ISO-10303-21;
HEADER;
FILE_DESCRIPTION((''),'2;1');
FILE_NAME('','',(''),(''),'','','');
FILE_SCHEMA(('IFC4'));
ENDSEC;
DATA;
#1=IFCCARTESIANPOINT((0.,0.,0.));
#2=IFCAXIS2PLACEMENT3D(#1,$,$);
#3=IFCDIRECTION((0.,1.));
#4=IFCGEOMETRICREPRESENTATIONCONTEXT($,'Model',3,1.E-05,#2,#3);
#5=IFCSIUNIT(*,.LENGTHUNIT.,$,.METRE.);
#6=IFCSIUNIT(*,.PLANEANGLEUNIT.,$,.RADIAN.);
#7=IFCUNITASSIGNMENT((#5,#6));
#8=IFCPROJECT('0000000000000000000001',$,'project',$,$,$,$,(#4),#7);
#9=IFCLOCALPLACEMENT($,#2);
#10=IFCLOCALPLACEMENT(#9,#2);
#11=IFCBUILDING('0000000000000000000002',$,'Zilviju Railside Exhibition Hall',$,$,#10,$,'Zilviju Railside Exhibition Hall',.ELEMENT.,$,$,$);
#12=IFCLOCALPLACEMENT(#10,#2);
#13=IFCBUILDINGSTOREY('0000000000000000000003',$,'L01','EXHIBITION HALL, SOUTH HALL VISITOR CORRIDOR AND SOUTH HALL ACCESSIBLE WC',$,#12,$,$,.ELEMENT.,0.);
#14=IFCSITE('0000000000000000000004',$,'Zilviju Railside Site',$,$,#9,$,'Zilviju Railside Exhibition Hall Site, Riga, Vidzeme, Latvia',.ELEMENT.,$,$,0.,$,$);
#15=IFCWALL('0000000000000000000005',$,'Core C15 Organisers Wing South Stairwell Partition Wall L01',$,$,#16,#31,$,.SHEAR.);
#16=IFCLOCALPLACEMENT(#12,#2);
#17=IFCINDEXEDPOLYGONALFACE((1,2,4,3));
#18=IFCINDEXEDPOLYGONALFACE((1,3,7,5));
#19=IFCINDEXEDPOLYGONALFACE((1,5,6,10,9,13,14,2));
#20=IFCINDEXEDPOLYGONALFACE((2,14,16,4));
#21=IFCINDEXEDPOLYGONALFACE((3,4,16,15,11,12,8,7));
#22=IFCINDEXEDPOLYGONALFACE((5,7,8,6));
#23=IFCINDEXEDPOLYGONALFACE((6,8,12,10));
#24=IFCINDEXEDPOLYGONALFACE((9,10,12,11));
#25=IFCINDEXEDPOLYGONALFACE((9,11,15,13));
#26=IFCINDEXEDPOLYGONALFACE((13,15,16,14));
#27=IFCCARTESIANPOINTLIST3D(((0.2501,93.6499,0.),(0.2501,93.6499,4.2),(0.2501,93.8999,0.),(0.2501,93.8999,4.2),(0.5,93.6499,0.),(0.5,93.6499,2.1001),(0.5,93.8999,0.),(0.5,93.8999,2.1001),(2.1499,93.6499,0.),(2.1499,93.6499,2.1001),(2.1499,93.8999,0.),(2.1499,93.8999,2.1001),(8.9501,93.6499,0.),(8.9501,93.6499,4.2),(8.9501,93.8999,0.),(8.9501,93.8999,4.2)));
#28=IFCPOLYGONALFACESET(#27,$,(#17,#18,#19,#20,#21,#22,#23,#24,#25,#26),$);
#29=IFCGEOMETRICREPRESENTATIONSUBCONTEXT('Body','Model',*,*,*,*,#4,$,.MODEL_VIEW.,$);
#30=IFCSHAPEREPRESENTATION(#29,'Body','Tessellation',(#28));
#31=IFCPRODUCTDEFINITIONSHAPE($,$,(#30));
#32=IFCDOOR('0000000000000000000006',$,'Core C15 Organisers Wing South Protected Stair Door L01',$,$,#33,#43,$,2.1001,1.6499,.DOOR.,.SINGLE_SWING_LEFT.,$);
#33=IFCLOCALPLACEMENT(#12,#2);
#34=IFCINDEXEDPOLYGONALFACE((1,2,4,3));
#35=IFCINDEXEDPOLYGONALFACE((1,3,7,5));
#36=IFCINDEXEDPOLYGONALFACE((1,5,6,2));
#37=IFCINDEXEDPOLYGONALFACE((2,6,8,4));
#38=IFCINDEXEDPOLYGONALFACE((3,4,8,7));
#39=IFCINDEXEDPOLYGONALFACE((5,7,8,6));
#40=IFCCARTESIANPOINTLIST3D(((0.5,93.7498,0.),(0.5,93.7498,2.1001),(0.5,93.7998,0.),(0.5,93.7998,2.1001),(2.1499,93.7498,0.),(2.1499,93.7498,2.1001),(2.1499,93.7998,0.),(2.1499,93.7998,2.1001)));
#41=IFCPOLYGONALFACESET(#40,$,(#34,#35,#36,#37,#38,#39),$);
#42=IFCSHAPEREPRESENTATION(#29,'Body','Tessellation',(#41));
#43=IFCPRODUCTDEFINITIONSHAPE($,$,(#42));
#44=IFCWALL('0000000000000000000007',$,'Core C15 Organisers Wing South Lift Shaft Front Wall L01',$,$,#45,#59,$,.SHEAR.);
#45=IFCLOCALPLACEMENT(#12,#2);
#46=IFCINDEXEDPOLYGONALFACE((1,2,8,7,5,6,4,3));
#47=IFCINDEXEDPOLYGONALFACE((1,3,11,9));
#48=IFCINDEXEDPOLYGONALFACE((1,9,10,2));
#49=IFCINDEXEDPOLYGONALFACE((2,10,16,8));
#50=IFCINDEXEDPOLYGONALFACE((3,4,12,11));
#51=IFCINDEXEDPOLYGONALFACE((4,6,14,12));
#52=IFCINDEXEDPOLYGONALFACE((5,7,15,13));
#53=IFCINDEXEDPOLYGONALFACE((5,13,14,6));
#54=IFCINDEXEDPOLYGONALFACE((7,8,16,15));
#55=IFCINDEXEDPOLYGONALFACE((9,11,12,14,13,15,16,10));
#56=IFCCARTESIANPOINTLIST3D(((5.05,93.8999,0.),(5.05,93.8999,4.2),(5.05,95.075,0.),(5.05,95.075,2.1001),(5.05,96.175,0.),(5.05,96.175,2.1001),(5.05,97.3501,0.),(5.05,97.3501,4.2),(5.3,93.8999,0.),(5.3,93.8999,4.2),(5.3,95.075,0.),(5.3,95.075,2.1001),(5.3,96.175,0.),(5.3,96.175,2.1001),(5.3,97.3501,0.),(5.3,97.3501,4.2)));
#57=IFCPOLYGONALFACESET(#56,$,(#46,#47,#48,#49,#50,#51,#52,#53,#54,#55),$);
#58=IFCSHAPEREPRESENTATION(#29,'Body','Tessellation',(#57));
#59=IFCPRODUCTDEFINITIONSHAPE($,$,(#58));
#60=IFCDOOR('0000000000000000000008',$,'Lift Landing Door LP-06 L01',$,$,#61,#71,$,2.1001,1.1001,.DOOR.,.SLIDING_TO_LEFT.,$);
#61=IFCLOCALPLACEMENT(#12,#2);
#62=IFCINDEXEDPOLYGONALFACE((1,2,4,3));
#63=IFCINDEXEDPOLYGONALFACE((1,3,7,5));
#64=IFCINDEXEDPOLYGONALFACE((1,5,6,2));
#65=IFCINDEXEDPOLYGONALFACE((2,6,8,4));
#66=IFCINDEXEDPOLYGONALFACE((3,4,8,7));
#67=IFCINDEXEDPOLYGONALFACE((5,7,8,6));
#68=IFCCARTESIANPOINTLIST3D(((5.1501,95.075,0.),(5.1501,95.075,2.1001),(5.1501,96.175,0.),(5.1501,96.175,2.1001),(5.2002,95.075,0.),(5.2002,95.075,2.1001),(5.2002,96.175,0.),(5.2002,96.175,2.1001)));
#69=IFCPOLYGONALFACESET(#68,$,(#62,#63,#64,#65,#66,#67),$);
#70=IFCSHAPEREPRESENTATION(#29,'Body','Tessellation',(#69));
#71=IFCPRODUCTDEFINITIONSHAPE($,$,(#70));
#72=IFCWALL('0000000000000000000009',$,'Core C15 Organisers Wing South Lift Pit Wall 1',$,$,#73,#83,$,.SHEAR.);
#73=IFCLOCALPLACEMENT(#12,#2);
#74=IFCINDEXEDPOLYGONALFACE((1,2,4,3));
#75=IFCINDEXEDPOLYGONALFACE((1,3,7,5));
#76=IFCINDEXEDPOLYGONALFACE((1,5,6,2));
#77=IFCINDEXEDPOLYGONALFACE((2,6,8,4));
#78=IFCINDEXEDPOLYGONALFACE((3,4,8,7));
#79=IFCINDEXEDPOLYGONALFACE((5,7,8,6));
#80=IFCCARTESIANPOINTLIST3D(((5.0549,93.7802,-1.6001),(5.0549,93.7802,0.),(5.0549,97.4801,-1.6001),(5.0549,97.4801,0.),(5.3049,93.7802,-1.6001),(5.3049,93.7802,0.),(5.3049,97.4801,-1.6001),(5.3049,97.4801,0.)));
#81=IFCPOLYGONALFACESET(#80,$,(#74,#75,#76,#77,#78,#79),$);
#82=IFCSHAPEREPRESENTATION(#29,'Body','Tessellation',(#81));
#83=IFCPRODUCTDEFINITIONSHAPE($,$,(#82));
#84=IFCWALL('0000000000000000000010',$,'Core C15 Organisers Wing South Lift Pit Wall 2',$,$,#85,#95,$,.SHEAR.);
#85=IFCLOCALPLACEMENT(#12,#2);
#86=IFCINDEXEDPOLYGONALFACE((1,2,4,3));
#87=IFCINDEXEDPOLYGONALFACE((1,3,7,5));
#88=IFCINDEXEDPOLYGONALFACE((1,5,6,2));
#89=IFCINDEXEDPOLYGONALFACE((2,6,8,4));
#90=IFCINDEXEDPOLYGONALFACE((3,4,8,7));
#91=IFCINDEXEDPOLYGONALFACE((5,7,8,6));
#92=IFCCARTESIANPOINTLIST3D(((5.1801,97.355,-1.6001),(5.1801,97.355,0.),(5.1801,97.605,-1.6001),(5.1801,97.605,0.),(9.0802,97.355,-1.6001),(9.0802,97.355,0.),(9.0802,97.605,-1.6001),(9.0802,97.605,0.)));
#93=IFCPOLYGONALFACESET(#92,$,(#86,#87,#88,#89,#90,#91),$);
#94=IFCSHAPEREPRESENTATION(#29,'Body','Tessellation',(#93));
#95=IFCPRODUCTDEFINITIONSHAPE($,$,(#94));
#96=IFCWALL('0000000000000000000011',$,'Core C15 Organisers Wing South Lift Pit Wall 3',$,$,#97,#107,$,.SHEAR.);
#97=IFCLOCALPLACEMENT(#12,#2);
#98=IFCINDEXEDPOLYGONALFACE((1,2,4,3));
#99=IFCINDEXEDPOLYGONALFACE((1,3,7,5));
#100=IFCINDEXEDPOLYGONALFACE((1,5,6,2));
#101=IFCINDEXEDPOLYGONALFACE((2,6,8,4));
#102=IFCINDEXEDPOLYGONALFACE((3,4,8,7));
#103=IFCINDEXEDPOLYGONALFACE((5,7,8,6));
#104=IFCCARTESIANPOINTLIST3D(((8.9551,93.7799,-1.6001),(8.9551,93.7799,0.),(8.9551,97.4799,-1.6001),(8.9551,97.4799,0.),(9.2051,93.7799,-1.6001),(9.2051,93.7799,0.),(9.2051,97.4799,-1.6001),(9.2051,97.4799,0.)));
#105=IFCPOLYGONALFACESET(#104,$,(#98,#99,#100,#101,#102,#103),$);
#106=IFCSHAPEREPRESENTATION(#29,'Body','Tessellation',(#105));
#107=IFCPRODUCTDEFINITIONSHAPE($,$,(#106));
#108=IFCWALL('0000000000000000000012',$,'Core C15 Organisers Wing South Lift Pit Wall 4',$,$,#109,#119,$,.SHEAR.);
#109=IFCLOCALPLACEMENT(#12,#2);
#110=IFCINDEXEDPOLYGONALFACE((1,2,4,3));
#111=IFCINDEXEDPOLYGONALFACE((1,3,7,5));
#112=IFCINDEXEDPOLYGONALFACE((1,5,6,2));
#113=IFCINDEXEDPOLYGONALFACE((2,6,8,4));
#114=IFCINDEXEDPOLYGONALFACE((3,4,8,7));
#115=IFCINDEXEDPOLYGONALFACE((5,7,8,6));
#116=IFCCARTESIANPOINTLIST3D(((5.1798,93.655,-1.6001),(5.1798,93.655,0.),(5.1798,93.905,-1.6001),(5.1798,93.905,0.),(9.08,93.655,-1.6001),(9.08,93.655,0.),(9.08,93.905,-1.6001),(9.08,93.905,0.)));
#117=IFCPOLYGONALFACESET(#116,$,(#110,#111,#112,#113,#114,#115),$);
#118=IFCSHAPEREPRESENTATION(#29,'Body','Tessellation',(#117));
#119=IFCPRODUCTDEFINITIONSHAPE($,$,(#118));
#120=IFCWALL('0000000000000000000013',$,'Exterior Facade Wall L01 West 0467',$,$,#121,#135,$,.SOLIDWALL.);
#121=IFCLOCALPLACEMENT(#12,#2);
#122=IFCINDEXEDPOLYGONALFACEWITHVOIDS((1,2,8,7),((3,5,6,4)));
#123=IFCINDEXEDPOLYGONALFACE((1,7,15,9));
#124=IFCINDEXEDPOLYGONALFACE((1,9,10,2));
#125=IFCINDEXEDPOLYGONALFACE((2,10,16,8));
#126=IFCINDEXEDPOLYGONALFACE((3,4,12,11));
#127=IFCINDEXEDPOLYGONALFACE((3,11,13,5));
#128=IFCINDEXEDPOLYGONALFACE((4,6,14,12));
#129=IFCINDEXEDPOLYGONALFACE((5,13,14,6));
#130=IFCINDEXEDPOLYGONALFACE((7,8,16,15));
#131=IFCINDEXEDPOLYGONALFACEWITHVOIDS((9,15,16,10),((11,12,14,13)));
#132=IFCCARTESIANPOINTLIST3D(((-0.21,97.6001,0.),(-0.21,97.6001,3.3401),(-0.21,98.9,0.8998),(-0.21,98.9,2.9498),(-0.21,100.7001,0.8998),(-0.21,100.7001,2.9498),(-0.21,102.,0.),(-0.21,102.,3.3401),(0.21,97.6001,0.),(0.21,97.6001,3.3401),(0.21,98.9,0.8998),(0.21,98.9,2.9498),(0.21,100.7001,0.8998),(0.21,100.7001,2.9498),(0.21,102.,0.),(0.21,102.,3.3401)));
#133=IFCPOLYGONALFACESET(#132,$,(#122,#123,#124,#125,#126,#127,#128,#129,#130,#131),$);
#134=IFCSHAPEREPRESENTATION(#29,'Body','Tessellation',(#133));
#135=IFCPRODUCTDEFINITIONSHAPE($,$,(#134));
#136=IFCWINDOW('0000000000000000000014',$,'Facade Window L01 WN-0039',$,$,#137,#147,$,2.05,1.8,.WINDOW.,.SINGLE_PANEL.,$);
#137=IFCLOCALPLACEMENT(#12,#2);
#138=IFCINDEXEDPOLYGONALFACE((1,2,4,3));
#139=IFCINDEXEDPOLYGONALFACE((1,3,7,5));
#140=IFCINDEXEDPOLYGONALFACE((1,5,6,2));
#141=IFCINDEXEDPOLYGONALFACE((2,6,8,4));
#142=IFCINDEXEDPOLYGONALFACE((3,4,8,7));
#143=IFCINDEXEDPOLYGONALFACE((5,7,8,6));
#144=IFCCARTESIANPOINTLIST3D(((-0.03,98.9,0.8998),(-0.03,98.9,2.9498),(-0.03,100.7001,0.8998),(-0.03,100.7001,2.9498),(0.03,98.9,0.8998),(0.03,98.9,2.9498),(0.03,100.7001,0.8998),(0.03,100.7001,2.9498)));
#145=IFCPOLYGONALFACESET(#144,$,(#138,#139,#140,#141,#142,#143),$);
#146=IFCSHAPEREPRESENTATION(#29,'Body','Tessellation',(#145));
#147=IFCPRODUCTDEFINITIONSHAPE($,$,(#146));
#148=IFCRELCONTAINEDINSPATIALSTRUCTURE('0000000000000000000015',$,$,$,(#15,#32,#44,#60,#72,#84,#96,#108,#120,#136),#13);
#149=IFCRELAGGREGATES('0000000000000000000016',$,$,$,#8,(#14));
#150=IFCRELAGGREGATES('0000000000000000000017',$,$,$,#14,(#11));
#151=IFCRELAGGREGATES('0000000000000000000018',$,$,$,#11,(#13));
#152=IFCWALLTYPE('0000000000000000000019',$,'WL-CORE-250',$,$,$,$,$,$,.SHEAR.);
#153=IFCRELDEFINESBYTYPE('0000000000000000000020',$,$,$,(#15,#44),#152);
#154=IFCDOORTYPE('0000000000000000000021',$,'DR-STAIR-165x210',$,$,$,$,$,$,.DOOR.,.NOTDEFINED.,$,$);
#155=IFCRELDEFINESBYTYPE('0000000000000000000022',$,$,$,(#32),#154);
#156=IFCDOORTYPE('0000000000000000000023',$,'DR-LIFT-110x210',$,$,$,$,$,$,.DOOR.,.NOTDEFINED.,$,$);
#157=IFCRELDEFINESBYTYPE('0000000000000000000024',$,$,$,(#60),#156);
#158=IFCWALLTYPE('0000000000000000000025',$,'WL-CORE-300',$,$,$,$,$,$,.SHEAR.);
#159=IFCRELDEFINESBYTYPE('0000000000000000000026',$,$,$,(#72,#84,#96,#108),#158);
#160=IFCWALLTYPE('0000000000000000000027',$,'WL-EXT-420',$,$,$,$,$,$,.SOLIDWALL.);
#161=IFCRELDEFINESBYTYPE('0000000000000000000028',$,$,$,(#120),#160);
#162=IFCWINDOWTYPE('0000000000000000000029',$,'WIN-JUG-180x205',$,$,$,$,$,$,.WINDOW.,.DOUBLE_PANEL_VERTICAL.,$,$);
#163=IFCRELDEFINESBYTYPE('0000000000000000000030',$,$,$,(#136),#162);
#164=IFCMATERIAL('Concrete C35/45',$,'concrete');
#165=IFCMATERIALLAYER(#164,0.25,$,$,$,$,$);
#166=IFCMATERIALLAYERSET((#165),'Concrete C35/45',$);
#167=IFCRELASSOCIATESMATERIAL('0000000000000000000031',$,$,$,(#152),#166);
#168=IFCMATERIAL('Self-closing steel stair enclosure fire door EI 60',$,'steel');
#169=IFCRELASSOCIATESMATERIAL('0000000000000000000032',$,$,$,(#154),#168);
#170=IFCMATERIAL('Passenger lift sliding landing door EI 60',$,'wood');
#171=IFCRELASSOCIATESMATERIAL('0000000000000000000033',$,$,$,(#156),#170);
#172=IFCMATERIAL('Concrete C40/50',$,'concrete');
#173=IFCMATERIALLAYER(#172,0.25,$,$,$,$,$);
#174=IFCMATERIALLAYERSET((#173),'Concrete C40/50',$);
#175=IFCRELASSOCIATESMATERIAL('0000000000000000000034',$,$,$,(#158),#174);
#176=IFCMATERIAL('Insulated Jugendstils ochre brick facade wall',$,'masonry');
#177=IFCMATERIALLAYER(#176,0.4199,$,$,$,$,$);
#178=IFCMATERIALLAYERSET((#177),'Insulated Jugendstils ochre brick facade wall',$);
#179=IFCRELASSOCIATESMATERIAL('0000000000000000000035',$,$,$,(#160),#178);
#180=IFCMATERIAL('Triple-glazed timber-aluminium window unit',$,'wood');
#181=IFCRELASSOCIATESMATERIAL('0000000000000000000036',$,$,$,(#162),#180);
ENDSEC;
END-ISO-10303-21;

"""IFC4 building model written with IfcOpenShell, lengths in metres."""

from ifc_helpers import new_model, si_unit, direction, frame, frame_2d, origin, place, context, subcontext, project, spatial, rectangle, extrude, material, layer, layer_set, type_object, element, fill, save


model = new_model("IFC4")

# Units and contexts
model_context = context("Model", 3, precision=1e-05, world=origin(), true_north=direction((0.0, 1.0)))
body_context = subcontext(model_context, "Body", "Model", "MODEL_VIEW")
ifc_project = project(units=[si_unit("LENGTHUNIT", "METRE"), si_unit("PLANEANGLEUNIT", "RADIAN")], contexts=[model_context])

# Site, building, storey
site_placement = place(None, origin())
site = spatial("IfcSite", under=ifc_project, at=site_placement, Name="Zilviju Railside Site", LongName="Zilviju Railside Exhibition Hall Site, Riga, Vidzeme, Latvia", CompositionType="ELEMENT", RefElevation=0.0)
building_placement = place(site_placement, origin())
building = spatial("IfcBuilding", under=site, at=building_placement, Name="Zilviju Railside Exhibition Hall", LongName="Zilviju Railside Exhibition Hall", CompositionType="ELEMENT")
storey_placement = place(building_placement, origin())
storey = spatial("IfcBuildingStorey", under=building, at=storey_placement, Name="L01", Description="EXHIBITION HALL, SOUTH HALL VISITOR CORRIDOR AND SOUTH HALL ACCESSIBLE WC", CompositionType="ELEMENT", Elevation=0.0)

# Shared definitions
ifc_material_1 = material(Name="Concrete C35/45", Category="concrete")
ifc_material_2 = material(Name="Concrete C40/50", Category="concrete")

# Walls, openings, doors
ifc_layer_1 = layer(ifc_material_1, 0.25)
ifc_layer_set_1 = layer_set([ifc_layer_1], Name="Concrete C35/45")
wall_type_1 = type_object("IfcWallType", Name="WL-CORE-250", PredefinedType="SHEAR", material=ifc_layer_set_1)
wall_1_placement = place(storey_placement, frame((0.25, 93.7749, 0.0), z_axis=(0.0, 0.0, 1.0), x_axis=(1.0, 0.0, 0.0)))
wall_1 = element("IfcWall", 1, at=wall_1_placement, inside=storey, type_object=wall_type_1, Name="Core C15 Organisers Wing South Stairwell Partition Wall L01", PredefinedType="SHEAR", context=body_context, shape_type="SweptSolid", body=[
    extrude(rectangle(XDim=8.7, YDim=0.25, at=frame_2d((4.3501, 0.0))), origin(), (0.0, 0.0, 1.0), 4.2),
])
opening_1_placement = place(wall_1_placement, frame((0.25, 0.0, 0.0)))
opening_1 = element("IfcOpeningElement", 2, at=opening_1_placement, cuts=wall_1, PredefinedType="OPENING", context=body_context, shape_type="SweptSolid", body=[
    extrude(rectangle(XDim=1.6499, YDim=2.1001, at=frame_2d((0.825, 1.05))), frame((0.0, 0.135, 0.0), z_axis=(0.0, -1.0, 0.0), x_axis=(1.0, 0.0, 0.0)), (0.0, 0.0, 1.0), 0.27),
])
ifc_material_3 = material(Name="Self-closing steel stair enclosure fire door EI 60", Category="steel")
door_type_1 = type_object("IfcDoorType", Name="DR-STAIR-165x210", OperationType="NOTDEFINED", PredefinedType="DOOR", material=ifc_material_3)
door_1_placement = place(opening_1_placement, origin())
door_1 = element("IfcDoor", 3, at=door_1_placement, inside=storey, type_object=door_type_1, Name="Core C15 Organisers Wing South Protected Stair Door L01", OperationType="SINGLE_SWING_LEFT", OverallHeight=2.1001, OverallWidth=1.6499, PredefinedType="DOOR", context=body_context, shape_type="SweptSolid", body=[
    extrude(rectangle(XDim=1.6499, YDim=2.1001, at=frame_2d((0.825, 1.05))), frame((0.0, 0.0249, 0.0), z_axis=(0.0, -1.0, 0.0), x_axis=(1.0, 0.0, 0.0)), (0.0, 0.0, 1.0), 0.05),
])
fill(opening_1, door_1)
wall_2_placement = place(storey_placement, frame((5.175, 93.8999, 0.0), z_axis=(0.0, 0.0, 1.0), x_axis=(0.0, 1.0, 0.0)))
wall_2 = element("IfcWall", 4, at=wall_2_placement, inside=storey, type_object=wall_type_1, Name="Core C15 Organisers Wing South Lift Shaft Front Wall L01", PredefinedType="SHEAR", context=body_context, shape_type="SweptSolid", body=[
    extrude(rectangle(XDim=3.4502, YDim=0.25, at=frame_2d((1.7251, 0.0))), origin(), (0.0, 0.0, 1.0), 4.2),
])
opening_2_placement = place(wall_2_placement, frame((1.175, 0.0, 0.0)))
opening_2 = element("IfcOpeningElement", 5, at=opening_2_placement, cuts=wall_2, PredefinedType="OPENING", context=body_context, shape_type="SweptSolid", body=[
    extrude(rectangle(XDim=1.1001, YDim=2.1001, at=frame_2d((0.55, 1.05))), frame((0.0, 0.135, 0.0), z_axis=(0.0, -1.0, 0.0), x_axis=(1.0, 0.0, 0.0)), (0.0, 0.0, 1.0), 0.27),
])
ifc_material_4 = material(Name="Passenger lift sliding landing door EI 60", Category="wood")
door_type_2 = type_object("IfcDoorType", Name="DR-LIFT-110x210", OperationType="NOTDEFINED", PredefinedType="DOOR", material=ifc_material_4)
door_2_placement = place(opening_2_placement, origin())
door_2 = element("IfcDoor", 6, at=door_2_placement, inside=storey, type_object=door_type_2, Name="Lift Landing Door LP-06 L01", OperationType="SLIDING_TO_LEFT", OverallHeight=2.1001, OverallWidth=1.1001, PredefinedType="DOOR", context=body_context, shape_type="SweptSolid", body=[
    extrude(rectangle(XDim=1.1001, YDim=2.1001, at=frame_2d((0.55, 1.05))), frame((0.0, 0.0249, 0.0), z_axis=(0.0, -1.0, 0.0), x_axis=(1.0, 0.0, 0.0)), (0.0, 0.0, 1.0), 0.05),
])
fill(opening_2, door_2)

# Walls
ifc_layer_2 = layer(ifc_material_2, 0.25)
ifc_layer_set_2 = layer_set([ifc_layer_2], Name="Concrete C40/50")
wall_type_2 = type_object("IfcWallType", Name="WL-CORE-300", PredefinedType="SHEAR", material=ifc_layer_set_2)
wall_3_placement = place(storey_placement, frame((5.1799, 93.78, -1.6001), z_axis=(0.0, 0.0, 1.0), x_axis=(0.0, 1.0, 0.0)))
element("IfcWall", 7, at=wall_3_placement, inside=storey, type_object=wall_type_2, Name="Core C15 Organisers Wing South Lift Pit Wall 1", PredefinedType="SHEAR", context=body_context, shape_type="SweptSolid", body=[
    extrude(rectangle(XDim=3.7, YDim=0.25, at=frame_2d((1.8501, 0.0))), origin(), (0.0, 0.0, 1.0), 1.6001),
])
wall_4_placement = place(storey_placement, frame((5.1799, 97.48, -1.6001), z_axis=(0.0, 0.0, 1.0), x_axis=(1.0, 0.0, 0.0)))
element("IfcWall", 8, at=wall_4_placement, inside=storey, type_object=wall_type_2, Name="Core C15 Organisers Wing South Lift Pit Wall 2", PredefinedType="SHEAR", context=body_context, shape_type="SweptSolid", body=[
    extrude(rectangle(XDim=3.9001, YDim=0.25, at=frame_2d((1.9502, 0.0))), origin(), (0.0, 0.0, 1.0), 1.6001),
])
wall_5_placement = place(storey_placement, frame((9.0801, 97.48, -1.6001), z_axis=(0.0, 0.0, 1.0), x_axis=(0.0, -1.0, 0.0)))
element("IfcWall", 9, at=wall_5_placement, inside=storey, type_object=wall_type_2, Name="Core C15 Organisers Wing South Lift Pit Wall 3", PredefinedType="SHEAR", context=body_context, shape_type="SweptSolid", body=[
    extrude(rectangle(XDim=3.7, YDim=0.25, at=frame_2d((1.8501, 0.0))), origin(), (0.0, 0.0, 1.0), 1.6001),
])
wall_6_placement = place(storey_placement, frame((9.0801, 93.78, -1.6001), z_axis=(0.0, 0.0, 1.0), x_axis=(-1.0, 0.0, 0.0)))
element("IfcWall", 10, at=wall_6_placement, inside=storey, type_object=wall_type_2, Name="Core C15 Organisers Wing South Lift Pit Wall 4", PredefinedType="SHEAR", context=body_context, shape_type="SweptSolid", body=[
    extrude(rectangle(XDim=3.9001, YDim=0.25, at=frame_2d((1.9502, 0.0))), origin(), (0.0, 0.0, 1.0), 1.6001),
])

# Wall, opening, window
ifc_material_5 = material(Name="Insulated Jugendstils ochre brick facade wall", Category="masonry")
ifc_layer_3 = layer(ifc_material_5, 0.4199)
ifc_layer_set_3 = layer_set([ifc_layer_3], Name="Insulated Jugendstils ochre brick facade wall")
wall_type_3 = type_object("IfcWallType", Name="WL-EXT-420", PredefinedType="SOLIDWALL", material=ifc_layer_set_3)
wall_7_placement = place(storey_placement, frame((0.0, 97.6001, 0.0), z_axis=(0.0, 0.0, 1.0), x_axis=(0.0, 1.0, 0.0)))
wall_7 = element("IfcWall", 11, at=wall_7_placement, inside=storey, type_object=wall_type_3, Name="Exterior Facade Wall L01 West 0467", PredefinedType="SOLIDWALL", context=body_context, shape_type="SweptSolid", body=[
    extrude(rectangle(XDim=4.3999, YDim=0.4199, at=frame_2d((2.2, 0.0))), origin(), (0.0, 0.0, 1.0), 3.3401),
])
opening_3_placement = place(wall_7_placement, frame((1.3, 0.0, 0.8999)))
opening_3 = element("IfcOpeningElement", 12, at=opening_3_placement, cuts=wall_7, PredefinedType="OPENING", context=body_context, shape_type="SweptSolid", body=[
    extrude(rectangle(XDim=1.8, YDim=2.05, at=frame_2d((0.8999, 1.0249))), frame((0.0, 0.22, 0.0), z_axis=(0.0, -1.0, 0.0), x_axis=(1.0, 0.0, 0.0)), (0.0, 0.0, 1.0), 0.4399),
])
ifc_material_6 = material(Name="Triple-glazed timber-aluminium window unit", Category="wood")
window_type = type_object("IfcWindowType", Name="WIN-JUG-180x205", PartitioningType="DOUBLE_PANEL_VERTICAL", PredefinedType="WINDOW", material=ifc_material_6)
window_1_placement = place(opening_3_placement, origin())
window_1 = element("IfcWindow", 13, at=window_1_placement, inside=storey, type_object=window_type, Name="Facade Window L01 WN-0039", OverallHeight=2.05, OverallWidth=1.8, PartitioningType="SINGLE_PANEL", PredefinedType="WINDOW", context=body_context, shape_type="SweptSolid", body=[
    extrude(rectangle(XDim=1.8, YDim=2.05, at=frame_2d((0.8999, 1.0249))), frame((0.0, 0.03, 0.0), z_axis=(0.0, -1.0, 0.0), x_axis=(1.0, 0.0, 0.0)), (0.0, 0.0, 1.0), 0.0601),
])
fill(opening_3, window_1)

save(model, "model.ifc")
